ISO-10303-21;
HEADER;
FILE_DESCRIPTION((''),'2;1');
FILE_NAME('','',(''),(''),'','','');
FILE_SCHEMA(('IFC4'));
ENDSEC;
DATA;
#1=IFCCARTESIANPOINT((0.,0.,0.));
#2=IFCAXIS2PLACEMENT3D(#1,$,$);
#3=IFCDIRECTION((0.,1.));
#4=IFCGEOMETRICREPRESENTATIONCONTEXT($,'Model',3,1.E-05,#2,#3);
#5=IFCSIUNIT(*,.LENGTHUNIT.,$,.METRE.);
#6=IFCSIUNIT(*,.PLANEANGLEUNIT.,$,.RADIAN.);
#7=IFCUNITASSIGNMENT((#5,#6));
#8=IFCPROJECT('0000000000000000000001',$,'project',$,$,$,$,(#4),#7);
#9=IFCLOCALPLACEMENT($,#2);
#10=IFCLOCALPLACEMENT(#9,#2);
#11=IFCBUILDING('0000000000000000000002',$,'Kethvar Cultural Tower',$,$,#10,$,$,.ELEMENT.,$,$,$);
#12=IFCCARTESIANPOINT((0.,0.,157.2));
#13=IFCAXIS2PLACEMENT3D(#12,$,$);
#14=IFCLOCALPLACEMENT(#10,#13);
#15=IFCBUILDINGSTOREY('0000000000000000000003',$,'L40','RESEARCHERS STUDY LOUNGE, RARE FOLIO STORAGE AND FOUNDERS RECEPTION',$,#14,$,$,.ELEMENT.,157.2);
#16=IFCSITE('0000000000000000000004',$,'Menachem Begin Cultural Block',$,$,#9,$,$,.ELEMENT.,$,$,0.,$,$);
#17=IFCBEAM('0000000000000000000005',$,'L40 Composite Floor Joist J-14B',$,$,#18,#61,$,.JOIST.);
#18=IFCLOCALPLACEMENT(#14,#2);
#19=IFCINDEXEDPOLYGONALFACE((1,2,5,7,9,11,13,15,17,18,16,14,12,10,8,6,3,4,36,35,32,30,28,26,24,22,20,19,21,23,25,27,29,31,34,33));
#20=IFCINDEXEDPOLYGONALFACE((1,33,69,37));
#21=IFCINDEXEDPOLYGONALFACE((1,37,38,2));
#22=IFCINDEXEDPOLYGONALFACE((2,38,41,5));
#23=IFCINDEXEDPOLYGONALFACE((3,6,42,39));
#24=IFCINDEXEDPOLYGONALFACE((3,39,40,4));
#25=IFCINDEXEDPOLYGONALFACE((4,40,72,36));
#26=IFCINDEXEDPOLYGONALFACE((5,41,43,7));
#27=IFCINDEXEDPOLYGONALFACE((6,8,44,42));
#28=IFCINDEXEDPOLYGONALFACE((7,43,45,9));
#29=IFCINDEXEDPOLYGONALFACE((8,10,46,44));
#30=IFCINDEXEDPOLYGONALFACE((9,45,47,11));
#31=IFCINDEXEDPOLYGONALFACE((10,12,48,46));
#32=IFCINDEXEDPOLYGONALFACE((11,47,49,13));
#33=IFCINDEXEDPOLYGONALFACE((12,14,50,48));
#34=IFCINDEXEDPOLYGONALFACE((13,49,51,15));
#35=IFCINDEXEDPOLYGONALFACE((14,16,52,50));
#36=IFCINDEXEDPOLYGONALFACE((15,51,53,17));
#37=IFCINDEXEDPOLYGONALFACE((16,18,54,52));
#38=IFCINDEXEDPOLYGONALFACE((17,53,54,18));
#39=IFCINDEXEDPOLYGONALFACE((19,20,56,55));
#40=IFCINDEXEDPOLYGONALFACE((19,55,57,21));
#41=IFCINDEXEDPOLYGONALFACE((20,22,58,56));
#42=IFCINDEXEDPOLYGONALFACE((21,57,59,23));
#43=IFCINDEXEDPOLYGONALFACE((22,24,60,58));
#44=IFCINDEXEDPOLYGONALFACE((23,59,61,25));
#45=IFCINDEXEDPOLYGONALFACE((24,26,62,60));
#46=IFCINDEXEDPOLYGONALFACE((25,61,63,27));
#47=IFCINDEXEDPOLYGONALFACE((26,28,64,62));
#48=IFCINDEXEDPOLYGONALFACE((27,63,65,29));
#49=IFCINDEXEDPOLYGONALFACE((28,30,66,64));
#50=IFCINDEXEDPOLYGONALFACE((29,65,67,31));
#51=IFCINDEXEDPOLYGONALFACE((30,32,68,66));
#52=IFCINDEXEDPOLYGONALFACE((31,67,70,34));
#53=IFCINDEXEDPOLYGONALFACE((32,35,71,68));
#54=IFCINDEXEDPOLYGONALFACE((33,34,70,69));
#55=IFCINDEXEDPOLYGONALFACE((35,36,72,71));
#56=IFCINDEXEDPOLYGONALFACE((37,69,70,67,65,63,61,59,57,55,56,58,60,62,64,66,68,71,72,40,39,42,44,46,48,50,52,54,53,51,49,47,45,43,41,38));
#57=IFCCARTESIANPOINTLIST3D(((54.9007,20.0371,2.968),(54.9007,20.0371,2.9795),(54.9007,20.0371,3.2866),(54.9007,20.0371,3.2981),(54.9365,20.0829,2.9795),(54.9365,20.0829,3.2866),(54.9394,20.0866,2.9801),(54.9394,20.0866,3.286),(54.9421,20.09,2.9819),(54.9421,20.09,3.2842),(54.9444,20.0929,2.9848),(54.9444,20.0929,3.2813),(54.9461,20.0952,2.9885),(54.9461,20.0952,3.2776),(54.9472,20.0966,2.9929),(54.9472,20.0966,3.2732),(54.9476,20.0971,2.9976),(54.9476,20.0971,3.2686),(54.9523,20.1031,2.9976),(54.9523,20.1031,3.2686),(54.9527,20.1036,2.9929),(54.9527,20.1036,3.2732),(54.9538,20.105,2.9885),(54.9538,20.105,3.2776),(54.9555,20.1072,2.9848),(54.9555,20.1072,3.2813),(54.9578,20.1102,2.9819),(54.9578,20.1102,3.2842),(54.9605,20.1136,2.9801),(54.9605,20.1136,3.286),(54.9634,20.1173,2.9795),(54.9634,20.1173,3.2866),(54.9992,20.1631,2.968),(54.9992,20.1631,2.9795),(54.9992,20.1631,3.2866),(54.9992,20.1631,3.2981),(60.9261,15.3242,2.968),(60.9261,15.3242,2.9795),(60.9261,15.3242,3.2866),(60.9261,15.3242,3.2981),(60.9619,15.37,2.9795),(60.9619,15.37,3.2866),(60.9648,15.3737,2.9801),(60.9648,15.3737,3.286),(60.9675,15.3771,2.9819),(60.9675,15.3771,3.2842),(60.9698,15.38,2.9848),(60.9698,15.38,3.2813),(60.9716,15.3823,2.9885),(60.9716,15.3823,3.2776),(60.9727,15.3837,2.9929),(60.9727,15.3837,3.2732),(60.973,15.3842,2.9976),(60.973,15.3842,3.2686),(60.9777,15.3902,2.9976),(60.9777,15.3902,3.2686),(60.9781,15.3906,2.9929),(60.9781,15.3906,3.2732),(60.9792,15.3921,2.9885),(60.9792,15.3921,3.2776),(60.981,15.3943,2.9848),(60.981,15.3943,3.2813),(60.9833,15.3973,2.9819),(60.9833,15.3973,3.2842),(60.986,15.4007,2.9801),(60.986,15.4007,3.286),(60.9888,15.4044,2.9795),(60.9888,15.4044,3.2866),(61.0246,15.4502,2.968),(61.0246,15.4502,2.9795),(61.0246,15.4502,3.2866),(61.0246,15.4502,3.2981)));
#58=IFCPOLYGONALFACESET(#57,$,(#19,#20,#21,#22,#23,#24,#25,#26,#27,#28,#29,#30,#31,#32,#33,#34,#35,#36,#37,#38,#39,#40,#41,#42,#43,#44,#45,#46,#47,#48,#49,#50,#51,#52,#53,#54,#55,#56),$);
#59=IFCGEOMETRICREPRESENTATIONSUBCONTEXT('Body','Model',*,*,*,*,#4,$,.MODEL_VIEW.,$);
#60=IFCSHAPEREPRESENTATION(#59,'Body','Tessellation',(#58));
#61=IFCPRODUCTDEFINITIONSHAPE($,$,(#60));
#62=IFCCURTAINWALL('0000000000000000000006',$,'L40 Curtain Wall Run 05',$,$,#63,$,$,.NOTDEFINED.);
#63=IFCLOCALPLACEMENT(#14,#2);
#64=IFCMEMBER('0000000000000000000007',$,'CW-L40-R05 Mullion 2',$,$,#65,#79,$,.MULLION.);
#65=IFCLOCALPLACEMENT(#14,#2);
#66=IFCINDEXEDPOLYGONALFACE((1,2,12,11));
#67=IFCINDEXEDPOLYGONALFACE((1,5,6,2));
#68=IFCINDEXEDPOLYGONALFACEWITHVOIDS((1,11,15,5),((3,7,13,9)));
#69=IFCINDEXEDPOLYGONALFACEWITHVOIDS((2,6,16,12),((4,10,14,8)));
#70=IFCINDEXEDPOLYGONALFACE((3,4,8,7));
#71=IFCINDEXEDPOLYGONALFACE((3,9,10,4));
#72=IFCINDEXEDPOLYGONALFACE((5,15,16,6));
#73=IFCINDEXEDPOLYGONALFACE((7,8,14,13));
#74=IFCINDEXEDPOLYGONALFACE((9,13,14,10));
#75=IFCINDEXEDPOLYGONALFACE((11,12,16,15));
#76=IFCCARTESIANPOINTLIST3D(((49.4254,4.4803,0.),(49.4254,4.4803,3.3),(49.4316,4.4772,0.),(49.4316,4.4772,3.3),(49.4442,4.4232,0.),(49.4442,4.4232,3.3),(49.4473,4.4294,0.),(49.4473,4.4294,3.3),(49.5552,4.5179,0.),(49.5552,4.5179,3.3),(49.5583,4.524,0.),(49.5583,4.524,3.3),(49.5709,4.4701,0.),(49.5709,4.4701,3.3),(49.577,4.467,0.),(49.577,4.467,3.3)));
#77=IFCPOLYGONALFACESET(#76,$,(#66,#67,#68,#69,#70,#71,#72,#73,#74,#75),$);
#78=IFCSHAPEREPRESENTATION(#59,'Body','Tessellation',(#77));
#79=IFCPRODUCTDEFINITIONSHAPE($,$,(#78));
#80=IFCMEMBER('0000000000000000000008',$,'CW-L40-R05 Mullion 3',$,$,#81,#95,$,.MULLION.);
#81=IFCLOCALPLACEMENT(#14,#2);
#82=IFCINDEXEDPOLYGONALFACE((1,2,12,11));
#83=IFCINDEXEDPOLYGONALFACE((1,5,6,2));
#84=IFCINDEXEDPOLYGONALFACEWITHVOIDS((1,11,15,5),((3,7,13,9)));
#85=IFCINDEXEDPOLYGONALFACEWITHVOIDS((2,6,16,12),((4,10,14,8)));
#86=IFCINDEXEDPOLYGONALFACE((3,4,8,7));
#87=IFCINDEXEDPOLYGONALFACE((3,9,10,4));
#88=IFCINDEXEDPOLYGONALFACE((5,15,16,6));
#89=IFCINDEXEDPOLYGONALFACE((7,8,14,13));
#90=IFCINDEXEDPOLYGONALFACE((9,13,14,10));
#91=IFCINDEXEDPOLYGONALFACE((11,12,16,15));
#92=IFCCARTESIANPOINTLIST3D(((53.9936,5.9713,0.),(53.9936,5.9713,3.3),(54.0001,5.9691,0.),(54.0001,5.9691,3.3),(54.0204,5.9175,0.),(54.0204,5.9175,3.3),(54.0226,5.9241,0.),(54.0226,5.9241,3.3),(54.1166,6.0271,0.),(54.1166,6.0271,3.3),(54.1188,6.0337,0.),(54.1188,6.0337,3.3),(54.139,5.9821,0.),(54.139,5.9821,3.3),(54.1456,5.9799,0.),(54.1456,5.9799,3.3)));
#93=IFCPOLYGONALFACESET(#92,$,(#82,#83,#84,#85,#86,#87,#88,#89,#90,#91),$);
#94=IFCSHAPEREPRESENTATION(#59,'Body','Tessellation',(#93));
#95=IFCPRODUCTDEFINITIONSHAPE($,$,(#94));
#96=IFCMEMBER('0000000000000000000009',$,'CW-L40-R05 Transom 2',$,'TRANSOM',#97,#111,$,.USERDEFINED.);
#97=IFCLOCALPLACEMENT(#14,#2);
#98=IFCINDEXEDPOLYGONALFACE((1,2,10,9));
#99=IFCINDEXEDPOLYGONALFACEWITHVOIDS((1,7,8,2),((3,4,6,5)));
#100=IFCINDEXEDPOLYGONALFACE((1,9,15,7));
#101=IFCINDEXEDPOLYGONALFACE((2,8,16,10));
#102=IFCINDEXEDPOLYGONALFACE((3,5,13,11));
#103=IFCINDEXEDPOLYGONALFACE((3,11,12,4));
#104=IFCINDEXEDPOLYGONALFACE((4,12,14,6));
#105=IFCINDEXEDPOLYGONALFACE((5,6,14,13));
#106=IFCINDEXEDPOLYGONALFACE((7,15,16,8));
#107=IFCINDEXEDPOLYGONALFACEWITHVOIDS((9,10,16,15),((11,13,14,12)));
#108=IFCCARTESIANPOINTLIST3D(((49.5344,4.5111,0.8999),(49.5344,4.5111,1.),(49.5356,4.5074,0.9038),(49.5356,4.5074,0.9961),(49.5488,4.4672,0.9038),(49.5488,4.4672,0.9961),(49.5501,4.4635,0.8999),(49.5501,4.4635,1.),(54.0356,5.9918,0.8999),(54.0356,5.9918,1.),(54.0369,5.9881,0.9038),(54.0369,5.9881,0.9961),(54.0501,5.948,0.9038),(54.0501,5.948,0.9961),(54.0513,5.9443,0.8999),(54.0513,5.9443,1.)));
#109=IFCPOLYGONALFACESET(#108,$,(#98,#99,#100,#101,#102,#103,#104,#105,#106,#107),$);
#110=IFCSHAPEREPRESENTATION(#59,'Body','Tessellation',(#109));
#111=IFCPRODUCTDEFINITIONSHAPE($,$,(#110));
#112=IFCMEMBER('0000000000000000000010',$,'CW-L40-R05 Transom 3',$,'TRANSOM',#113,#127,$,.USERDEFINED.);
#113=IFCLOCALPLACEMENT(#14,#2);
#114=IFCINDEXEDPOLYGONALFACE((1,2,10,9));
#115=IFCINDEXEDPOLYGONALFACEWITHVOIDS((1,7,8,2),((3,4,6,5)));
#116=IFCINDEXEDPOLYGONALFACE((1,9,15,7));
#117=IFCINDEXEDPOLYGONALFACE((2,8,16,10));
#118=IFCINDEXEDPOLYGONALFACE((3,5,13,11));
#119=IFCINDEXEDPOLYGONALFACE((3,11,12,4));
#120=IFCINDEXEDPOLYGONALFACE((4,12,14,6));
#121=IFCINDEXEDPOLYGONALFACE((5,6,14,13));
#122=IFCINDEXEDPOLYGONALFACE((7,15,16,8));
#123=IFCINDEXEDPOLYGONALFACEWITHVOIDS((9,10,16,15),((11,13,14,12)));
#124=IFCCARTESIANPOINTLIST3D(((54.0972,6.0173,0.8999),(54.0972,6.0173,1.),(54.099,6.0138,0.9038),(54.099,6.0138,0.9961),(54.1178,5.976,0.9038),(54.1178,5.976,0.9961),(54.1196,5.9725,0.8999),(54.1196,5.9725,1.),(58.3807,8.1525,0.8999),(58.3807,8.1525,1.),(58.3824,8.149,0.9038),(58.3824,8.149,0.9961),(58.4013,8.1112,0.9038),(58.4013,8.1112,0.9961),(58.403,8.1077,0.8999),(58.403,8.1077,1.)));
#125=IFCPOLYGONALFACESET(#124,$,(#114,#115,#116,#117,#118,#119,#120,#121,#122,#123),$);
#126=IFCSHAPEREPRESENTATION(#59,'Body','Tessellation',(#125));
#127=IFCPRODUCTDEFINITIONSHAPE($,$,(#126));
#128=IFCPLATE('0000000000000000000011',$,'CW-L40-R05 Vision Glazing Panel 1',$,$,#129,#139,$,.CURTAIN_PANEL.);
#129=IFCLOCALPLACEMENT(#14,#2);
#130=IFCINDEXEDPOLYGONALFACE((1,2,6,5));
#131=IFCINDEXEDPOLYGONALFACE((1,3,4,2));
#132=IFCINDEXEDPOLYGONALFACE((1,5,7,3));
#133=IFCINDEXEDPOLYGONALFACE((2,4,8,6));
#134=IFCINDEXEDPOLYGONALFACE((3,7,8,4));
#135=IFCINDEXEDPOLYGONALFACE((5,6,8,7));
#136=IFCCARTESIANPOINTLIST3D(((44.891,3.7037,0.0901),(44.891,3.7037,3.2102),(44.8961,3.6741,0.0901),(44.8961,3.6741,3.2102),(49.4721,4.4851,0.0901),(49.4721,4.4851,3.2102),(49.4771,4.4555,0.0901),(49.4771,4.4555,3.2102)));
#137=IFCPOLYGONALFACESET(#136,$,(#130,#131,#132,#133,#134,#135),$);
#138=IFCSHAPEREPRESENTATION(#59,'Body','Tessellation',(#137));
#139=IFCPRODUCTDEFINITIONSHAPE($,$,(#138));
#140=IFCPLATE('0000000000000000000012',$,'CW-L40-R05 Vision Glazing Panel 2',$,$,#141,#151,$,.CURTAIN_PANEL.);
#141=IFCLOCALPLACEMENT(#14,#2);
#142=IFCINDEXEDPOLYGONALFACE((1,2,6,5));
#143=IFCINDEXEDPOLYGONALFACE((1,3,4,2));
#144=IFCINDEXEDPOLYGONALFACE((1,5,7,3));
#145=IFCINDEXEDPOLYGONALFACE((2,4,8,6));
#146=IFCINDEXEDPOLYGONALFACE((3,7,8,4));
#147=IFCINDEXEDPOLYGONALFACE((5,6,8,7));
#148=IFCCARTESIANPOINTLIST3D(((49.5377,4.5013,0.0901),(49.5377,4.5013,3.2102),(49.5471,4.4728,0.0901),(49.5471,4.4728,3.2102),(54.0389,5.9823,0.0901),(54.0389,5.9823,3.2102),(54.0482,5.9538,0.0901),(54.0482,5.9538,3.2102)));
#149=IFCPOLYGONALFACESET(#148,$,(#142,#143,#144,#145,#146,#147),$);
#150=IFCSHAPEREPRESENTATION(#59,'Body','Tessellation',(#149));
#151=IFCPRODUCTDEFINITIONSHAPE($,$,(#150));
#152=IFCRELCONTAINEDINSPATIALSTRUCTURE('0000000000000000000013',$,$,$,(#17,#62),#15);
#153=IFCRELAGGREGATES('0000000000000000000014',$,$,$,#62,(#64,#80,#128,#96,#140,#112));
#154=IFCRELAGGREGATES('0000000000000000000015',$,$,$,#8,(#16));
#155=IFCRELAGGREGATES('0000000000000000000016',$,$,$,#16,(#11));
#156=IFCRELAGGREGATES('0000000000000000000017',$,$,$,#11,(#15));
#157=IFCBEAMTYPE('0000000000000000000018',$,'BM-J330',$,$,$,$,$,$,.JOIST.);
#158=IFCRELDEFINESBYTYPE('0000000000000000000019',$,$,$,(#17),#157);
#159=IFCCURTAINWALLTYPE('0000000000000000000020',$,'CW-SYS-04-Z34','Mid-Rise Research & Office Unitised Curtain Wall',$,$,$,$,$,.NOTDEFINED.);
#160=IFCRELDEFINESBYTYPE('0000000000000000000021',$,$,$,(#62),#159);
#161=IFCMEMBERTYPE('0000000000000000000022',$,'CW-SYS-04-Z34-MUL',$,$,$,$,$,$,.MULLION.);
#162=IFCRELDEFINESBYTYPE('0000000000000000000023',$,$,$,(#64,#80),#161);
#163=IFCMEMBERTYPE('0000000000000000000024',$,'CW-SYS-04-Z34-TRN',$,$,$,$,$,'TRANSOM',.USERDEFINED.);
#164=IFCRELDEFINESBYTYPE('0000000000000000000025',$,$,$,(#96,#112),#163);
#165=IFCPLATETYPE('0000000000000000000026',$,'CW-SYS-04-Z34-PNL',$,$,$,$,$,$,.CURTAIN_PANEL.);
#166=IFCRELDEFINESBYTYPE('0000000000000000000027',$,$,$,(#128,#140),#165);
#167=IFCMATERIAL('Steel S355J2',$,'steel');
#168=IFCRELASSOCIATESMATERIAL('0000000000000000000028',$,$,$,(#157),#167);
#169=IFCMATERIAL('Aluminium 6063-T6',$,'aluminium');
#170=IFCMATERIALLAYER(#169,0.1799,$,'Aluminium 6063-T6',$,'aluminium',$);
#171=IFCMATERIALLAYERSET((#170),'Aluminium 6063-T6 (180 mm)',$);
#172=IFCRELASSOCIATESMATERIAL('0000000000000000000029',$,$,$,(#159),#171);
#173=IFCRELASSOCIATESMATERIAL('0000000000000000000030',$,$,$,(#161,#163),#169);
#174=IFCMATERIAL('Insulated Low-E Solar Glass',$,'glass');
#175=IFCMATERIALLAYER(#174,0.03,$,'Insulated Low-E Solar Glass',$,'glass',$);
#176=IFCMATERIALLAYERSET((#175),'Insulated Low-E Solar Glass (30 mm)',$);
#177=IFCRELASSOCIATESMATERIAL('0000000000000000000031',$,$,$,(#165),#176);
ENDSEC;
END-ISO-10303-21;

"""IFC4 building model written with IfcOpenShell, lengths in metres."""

from ifc_helpers import new_model, si_unit, direction, frame, origin, origin_2d, place, context, subcontext, project, spatial, rectangle, hollow_rectangle, i_section, extrude, source, transform, mapped, material, layer, layer_set, material_profile, profile_set, type_object, element, aggregate, save


model = new_model("IFC4")

# Units and contexts
model_context = context("Model", 3, precision=1e-05, world=origin(), true_north=direction((0.0, 1.0)))
body_context = subcontext(model_context, "Body", "Model", "MODEL_VIEW")
ifc_project = project(units=[si_unit("LENGTHUNIT", "METRE"), si_unit("PLANEANGLEUNIT", "RADIAN")], contexts=[model_context])

# Site, building, storey
site_placement = place(None, origin())
site = spatial("IfcSite", under=ifc_project, at=site_placement, Name="Menachem Begin Cultural Block", CompositionType="ELEMENT", RefElevation=0.0)
building_placement = place(site_placement, origin())
building = spatial("IfcBuilding", under=site, at=building_placement, Name="Kethvar Cultural Tower", CompositionType="ELEMENT")
storey_placement = place(building_placement, frame((0.0, 0.0, 157.2)))
storey = spatial("IfcBuildingStorey", under=building, at=storey_placement, Name="L40", Description="RESEARCHERS STUDY LOUNGE, RARE FOLIO STORAGE AND FOUNDERS RECEPTION", CompositionType="ELEMENT", Elevation=157.2)

# Beam
ifc_material_1 = material(Name="Steel S355J2", Category="steel")
ifc_material_profile_1 = material_profile(ifc_material_1, i_section(OverallWidth=0.1599, OverallDepth=0.3301, WebThickness=0.0076, FlangeThickness=0.0115, FilletRadius=0.0181, at=origin_2d()), Name="Steel S355J2 — IPE330")
ifc_profile_set_1 = profile_set([ifc_material_profile_1], Name="Steel S355J2 — IPE330")
beam_type_1 = type_object("IfcBeamType", Name="BM-J330", PredefinedType="JOIST", material=ifc_profile_set_1)
shared_shape_1 = source(origin(), body_context, "Body", "SweptSolid", [
    extrude(i_section(OverallWidth=0.1599, OverallDepth=0.3301, WebThickness=0.0076, FlangeThickness=0.0115, FilletRadius=0.0181, at=origin_2d()), origin(), (0.0, 0.0, 1.0), 7.6497),
])
beam_1_placement = place(storey_placement, frame((54.95, 20.1001, 3.1331), z_axis=(0.787672, -0.616095, 0.0), x_axis=(0.616095, 0.787672, 0.0)))
element("IfcBeam", 1, at=beam_1_placement, inside=storey, type_object=beam_type_1, Name="L40 Composite Floor Joist J-14B", PredefinedType="JOIST", context=body_context, shape_type="MappedRepresentation", body=[
    mapped(shared_shape_1, transform((0.0, 0.0, 0.0), scale=1.0)),
])

# Curtain wall, members, plates
ifc_material_2 = material(Name="Aluminium 6063-T6", Category="aluminium")
ifc_layer_1 = layer(ifc_material_2, 0.1799, Name="Aluminium 6063-T6", Category="aluminium")
ifc_layer_set_1 = layer_set([ifc_layer_1], Name="Aluminium 6063-T6 (180 mm)")
curtain_wall_type = type_object("IfcCurtainWallType", Name="CW-SYS-04-Z34", Description="Mid-Rise Research & Office Unitised Curtain Wall", PredefinedType="NOTDEFINED", material=ifc_layer_set_1)
curtain_wall_placement = place(storey_placement, origin())
curtain_wall = element("IfcCurtainWall", 2, at=curtain_wall_placement, inside=storey, type_object=curtain_wall_type, Name="L40 Curtain Wall Run 05", PredefinedType="NOTDEFINED")
ifc_material_profile_2 = material_profile(ifc_material_2, hollow_rectangle(XDim=0.0601, YDim=0.1399, WallThickness=0.0049, at=origin_2d()), Name="Aluminium 6063-T6 — RHS140x60x5")
ifc_profile_set_2 = profile_set([ifc_material_profile_2], Name="Aluminium 6063-T6 — RHS140x60x5")
member_type_1 = type_object("IfcMemberType", Name="CW-SYS-04-Z34-MUL", PredefinedType="MULLION", material=ifc_profile_set_2)
shared_shape_2 = source(origin(), body_context, "Body", "SweptSolid", [
    extrude(hollow_rectangle(XDim=0.0601, YDim=0.1399, WallThickness=0.0049, at=origin_2d()), origin(), (0.0, 0.0, 1.0), 3.3),
])
member_1_placement = place(storey_placement, frame((49.5012, 4.4736, 0.0), z_axis=(0.0, 0.0, 1.0), x_axis=(-0.312534, 0.949907, 0.0)))
member_1 = element("IfcMember", 3, at=member_1_placement, type_object=member_type_1, Name="CW-L40-R05 Mullion 2", PredefinedType="MULLION", context=body_context, shape_type="MappedRepresentation", body=[
    mapped(shared_shape_2, transform((0.0, 0.0, 0.0), scale=1.0)),
])
member_2_placement = place(storey_placement, frame((54.0696, 5.9756, 0.0), z_axis=(0.0, 0.0, 1.0), x_axis=(-0.446151, 0.894958, 0.0)))
member_2 = element("IfcMember", 4, at=member_2_placement, type_object=member_type_1, Name="CW-L40-R05 Mullion 3", PredefinedType="MULLION", context=body_context, shape_type="MappedRepresentation", body=[
    mapped(shared_shape_2, transform((0.0, 0.0, 0.0), scale=1.0)),
])
ifc_material_profile_3 = material_profile(ifc_material_2, hollow_rectangle(XDim=0.05, YDim=0.1001, WallThickness=0.0039, at=origin_2d()), Name="Aluminium 6063-T6 — RHS100x50x4")
ifc_profile_set_3 = profile_set([ifc_material_profile_3], Name="Aluminium 6063-T6 — RHS100x50x4")
member_type_2 = type_object("IfcMemberType", Name="CW-SYS-04-Z34-TRN", ElementType="TRANSOM", PredefinedType="USERDEFINED", material=ifc_profile_set_3)
shared_shape_3 = source(origin(), body_context, "Body", "SweptSolid", [
    extrude(hollow_rectangle(XDim=0.05, YDim=0.1001, WallThickness=0.0039, at=origin_2d()), origin(), (0.0, 0.0, 1.0), 4.7385),
])
member_3_placement = place(storey_placement, frame((49.5422, 4.4873, 0.95), z_axis=(0.949923, 0.312485, 0.0), x_axis=(-0.312485, 0.949923, 0.0)))
member_3 = element("IfcMember", 5, at=member_3_placement, type_object=member_type_2, Name="CW-L40-R05 Transom 2", ObjectType="TRANSOM", PredefinedType="USERDEFINED", context=body_context, shape_type="MappedRepresentation", body=[
    mapped(shared_shape_3, transform((0.0, 0.0, 0.0), scale=1.0)),
])
shared_shape_4 = source(origin(), body_context, "Body", "SweptSolid", [
    extrude(hollow_rectangle(XDim=0.05, YDim=0.1001, WallThickness=0.0039, at=origin_2d()), origin(), (0.0, 0.0, 1.0), 4.7861),
])
member_4_placement = place(storey_placement, frame((54.1084, 5.9949, 0.95), z_axis=(0.894967, 0.446132, 0.0), x_axis=(-0.446132, 0.894967, 0.0)))
member_4 = element("IfcMember", 6, at=member_4_placement, type_object=member_type_2, Name="CW-L40-R05 Transom 3", ObjectType="TRANSOM", PredefinedType="USERDEFINED", context=body_context, shape_type="MappedRepresentation", body=[
    mapped(shared_shape_4, transform((0.0, 0.0, 0.0), scale=1.0)),
])
ifc_material_3 = material(Name="Insulated Low-E Solar Glass", Category="glass")
ifc_layer_2 = layer(ifc_material_3, 0.03, Name="Insulated Low-E Solar Glass", Category="glass")
ifc_layer_set_2 = layer_set([ifc_layer_2], Name="Insulated Low-E Solar Glass (30 mm)")
plate_type = type_object("IfcPlateType", Name="CW-SYS-04-Z34-PNL", PredefinedType="CURTAIN_PANEL", material=ifc_layer_set_2)
shared_shape_5 = source(origin(), body_context, "Body", "SweptSolid", [
    extrude(rectangle(XDim=4.6472, YDim=0.03, at=origin_2d()), origin(), (0.0, 0.0, 1.0), 3.1201),
])
plate_1_placement = place(storey_placement, frame((47.1841, 4.0796, 0.0901), z_axis=(0.0, 0.0, 1.0), x_axis=(0.985762, 0.168145, 0.0)))
plate_1 = element("IfcPlate", 7, at=plate_1_placement, type_object=plate_type, Name="CW-L40-R05 Vision Glazing Panel 1", PredefinedType="CURTAIN_PANEL", context=body_context, shape_type="MappedRepresentation", body=[
    mapped(shared_shape_5, transform((0.0, 0.0, 0.0), scale=1.0)),
])
shared_shape_6 = source(origin(), body_context, "Body", "SweptSolid", [
    extrude(rectangle(XDim=4.7385, YDim=0.03, at=origin_2d()), origin(), (0.0, 0.0, 1.0), 3.1201),
])
plate_2_placement = place(storey_placement, frame((51.793, 5.2275, 0.0901), z_axis=(0.0, 0.0, 1.0), x_axis=(0.949907, 0.312534, 0.0)))
plate_2 = element("IfcPlate", 8, at=plate_2_placement, type_object=plate_type, Name="CW-L40-R05 Vision Glazing Panel 2", PredefinedType="CURTAIN_PANEL", context=body_context, shape_type="MappedRepresentation", body=[
    mapped(shared_shape_6, transform((0.0, 0.0, 0.0), scale=1.0)),
])
aggregate(curtain_wall, [member_1, member_2, plate_1, member_3, plate_2, member_4])

save(model, "model.ifc")
